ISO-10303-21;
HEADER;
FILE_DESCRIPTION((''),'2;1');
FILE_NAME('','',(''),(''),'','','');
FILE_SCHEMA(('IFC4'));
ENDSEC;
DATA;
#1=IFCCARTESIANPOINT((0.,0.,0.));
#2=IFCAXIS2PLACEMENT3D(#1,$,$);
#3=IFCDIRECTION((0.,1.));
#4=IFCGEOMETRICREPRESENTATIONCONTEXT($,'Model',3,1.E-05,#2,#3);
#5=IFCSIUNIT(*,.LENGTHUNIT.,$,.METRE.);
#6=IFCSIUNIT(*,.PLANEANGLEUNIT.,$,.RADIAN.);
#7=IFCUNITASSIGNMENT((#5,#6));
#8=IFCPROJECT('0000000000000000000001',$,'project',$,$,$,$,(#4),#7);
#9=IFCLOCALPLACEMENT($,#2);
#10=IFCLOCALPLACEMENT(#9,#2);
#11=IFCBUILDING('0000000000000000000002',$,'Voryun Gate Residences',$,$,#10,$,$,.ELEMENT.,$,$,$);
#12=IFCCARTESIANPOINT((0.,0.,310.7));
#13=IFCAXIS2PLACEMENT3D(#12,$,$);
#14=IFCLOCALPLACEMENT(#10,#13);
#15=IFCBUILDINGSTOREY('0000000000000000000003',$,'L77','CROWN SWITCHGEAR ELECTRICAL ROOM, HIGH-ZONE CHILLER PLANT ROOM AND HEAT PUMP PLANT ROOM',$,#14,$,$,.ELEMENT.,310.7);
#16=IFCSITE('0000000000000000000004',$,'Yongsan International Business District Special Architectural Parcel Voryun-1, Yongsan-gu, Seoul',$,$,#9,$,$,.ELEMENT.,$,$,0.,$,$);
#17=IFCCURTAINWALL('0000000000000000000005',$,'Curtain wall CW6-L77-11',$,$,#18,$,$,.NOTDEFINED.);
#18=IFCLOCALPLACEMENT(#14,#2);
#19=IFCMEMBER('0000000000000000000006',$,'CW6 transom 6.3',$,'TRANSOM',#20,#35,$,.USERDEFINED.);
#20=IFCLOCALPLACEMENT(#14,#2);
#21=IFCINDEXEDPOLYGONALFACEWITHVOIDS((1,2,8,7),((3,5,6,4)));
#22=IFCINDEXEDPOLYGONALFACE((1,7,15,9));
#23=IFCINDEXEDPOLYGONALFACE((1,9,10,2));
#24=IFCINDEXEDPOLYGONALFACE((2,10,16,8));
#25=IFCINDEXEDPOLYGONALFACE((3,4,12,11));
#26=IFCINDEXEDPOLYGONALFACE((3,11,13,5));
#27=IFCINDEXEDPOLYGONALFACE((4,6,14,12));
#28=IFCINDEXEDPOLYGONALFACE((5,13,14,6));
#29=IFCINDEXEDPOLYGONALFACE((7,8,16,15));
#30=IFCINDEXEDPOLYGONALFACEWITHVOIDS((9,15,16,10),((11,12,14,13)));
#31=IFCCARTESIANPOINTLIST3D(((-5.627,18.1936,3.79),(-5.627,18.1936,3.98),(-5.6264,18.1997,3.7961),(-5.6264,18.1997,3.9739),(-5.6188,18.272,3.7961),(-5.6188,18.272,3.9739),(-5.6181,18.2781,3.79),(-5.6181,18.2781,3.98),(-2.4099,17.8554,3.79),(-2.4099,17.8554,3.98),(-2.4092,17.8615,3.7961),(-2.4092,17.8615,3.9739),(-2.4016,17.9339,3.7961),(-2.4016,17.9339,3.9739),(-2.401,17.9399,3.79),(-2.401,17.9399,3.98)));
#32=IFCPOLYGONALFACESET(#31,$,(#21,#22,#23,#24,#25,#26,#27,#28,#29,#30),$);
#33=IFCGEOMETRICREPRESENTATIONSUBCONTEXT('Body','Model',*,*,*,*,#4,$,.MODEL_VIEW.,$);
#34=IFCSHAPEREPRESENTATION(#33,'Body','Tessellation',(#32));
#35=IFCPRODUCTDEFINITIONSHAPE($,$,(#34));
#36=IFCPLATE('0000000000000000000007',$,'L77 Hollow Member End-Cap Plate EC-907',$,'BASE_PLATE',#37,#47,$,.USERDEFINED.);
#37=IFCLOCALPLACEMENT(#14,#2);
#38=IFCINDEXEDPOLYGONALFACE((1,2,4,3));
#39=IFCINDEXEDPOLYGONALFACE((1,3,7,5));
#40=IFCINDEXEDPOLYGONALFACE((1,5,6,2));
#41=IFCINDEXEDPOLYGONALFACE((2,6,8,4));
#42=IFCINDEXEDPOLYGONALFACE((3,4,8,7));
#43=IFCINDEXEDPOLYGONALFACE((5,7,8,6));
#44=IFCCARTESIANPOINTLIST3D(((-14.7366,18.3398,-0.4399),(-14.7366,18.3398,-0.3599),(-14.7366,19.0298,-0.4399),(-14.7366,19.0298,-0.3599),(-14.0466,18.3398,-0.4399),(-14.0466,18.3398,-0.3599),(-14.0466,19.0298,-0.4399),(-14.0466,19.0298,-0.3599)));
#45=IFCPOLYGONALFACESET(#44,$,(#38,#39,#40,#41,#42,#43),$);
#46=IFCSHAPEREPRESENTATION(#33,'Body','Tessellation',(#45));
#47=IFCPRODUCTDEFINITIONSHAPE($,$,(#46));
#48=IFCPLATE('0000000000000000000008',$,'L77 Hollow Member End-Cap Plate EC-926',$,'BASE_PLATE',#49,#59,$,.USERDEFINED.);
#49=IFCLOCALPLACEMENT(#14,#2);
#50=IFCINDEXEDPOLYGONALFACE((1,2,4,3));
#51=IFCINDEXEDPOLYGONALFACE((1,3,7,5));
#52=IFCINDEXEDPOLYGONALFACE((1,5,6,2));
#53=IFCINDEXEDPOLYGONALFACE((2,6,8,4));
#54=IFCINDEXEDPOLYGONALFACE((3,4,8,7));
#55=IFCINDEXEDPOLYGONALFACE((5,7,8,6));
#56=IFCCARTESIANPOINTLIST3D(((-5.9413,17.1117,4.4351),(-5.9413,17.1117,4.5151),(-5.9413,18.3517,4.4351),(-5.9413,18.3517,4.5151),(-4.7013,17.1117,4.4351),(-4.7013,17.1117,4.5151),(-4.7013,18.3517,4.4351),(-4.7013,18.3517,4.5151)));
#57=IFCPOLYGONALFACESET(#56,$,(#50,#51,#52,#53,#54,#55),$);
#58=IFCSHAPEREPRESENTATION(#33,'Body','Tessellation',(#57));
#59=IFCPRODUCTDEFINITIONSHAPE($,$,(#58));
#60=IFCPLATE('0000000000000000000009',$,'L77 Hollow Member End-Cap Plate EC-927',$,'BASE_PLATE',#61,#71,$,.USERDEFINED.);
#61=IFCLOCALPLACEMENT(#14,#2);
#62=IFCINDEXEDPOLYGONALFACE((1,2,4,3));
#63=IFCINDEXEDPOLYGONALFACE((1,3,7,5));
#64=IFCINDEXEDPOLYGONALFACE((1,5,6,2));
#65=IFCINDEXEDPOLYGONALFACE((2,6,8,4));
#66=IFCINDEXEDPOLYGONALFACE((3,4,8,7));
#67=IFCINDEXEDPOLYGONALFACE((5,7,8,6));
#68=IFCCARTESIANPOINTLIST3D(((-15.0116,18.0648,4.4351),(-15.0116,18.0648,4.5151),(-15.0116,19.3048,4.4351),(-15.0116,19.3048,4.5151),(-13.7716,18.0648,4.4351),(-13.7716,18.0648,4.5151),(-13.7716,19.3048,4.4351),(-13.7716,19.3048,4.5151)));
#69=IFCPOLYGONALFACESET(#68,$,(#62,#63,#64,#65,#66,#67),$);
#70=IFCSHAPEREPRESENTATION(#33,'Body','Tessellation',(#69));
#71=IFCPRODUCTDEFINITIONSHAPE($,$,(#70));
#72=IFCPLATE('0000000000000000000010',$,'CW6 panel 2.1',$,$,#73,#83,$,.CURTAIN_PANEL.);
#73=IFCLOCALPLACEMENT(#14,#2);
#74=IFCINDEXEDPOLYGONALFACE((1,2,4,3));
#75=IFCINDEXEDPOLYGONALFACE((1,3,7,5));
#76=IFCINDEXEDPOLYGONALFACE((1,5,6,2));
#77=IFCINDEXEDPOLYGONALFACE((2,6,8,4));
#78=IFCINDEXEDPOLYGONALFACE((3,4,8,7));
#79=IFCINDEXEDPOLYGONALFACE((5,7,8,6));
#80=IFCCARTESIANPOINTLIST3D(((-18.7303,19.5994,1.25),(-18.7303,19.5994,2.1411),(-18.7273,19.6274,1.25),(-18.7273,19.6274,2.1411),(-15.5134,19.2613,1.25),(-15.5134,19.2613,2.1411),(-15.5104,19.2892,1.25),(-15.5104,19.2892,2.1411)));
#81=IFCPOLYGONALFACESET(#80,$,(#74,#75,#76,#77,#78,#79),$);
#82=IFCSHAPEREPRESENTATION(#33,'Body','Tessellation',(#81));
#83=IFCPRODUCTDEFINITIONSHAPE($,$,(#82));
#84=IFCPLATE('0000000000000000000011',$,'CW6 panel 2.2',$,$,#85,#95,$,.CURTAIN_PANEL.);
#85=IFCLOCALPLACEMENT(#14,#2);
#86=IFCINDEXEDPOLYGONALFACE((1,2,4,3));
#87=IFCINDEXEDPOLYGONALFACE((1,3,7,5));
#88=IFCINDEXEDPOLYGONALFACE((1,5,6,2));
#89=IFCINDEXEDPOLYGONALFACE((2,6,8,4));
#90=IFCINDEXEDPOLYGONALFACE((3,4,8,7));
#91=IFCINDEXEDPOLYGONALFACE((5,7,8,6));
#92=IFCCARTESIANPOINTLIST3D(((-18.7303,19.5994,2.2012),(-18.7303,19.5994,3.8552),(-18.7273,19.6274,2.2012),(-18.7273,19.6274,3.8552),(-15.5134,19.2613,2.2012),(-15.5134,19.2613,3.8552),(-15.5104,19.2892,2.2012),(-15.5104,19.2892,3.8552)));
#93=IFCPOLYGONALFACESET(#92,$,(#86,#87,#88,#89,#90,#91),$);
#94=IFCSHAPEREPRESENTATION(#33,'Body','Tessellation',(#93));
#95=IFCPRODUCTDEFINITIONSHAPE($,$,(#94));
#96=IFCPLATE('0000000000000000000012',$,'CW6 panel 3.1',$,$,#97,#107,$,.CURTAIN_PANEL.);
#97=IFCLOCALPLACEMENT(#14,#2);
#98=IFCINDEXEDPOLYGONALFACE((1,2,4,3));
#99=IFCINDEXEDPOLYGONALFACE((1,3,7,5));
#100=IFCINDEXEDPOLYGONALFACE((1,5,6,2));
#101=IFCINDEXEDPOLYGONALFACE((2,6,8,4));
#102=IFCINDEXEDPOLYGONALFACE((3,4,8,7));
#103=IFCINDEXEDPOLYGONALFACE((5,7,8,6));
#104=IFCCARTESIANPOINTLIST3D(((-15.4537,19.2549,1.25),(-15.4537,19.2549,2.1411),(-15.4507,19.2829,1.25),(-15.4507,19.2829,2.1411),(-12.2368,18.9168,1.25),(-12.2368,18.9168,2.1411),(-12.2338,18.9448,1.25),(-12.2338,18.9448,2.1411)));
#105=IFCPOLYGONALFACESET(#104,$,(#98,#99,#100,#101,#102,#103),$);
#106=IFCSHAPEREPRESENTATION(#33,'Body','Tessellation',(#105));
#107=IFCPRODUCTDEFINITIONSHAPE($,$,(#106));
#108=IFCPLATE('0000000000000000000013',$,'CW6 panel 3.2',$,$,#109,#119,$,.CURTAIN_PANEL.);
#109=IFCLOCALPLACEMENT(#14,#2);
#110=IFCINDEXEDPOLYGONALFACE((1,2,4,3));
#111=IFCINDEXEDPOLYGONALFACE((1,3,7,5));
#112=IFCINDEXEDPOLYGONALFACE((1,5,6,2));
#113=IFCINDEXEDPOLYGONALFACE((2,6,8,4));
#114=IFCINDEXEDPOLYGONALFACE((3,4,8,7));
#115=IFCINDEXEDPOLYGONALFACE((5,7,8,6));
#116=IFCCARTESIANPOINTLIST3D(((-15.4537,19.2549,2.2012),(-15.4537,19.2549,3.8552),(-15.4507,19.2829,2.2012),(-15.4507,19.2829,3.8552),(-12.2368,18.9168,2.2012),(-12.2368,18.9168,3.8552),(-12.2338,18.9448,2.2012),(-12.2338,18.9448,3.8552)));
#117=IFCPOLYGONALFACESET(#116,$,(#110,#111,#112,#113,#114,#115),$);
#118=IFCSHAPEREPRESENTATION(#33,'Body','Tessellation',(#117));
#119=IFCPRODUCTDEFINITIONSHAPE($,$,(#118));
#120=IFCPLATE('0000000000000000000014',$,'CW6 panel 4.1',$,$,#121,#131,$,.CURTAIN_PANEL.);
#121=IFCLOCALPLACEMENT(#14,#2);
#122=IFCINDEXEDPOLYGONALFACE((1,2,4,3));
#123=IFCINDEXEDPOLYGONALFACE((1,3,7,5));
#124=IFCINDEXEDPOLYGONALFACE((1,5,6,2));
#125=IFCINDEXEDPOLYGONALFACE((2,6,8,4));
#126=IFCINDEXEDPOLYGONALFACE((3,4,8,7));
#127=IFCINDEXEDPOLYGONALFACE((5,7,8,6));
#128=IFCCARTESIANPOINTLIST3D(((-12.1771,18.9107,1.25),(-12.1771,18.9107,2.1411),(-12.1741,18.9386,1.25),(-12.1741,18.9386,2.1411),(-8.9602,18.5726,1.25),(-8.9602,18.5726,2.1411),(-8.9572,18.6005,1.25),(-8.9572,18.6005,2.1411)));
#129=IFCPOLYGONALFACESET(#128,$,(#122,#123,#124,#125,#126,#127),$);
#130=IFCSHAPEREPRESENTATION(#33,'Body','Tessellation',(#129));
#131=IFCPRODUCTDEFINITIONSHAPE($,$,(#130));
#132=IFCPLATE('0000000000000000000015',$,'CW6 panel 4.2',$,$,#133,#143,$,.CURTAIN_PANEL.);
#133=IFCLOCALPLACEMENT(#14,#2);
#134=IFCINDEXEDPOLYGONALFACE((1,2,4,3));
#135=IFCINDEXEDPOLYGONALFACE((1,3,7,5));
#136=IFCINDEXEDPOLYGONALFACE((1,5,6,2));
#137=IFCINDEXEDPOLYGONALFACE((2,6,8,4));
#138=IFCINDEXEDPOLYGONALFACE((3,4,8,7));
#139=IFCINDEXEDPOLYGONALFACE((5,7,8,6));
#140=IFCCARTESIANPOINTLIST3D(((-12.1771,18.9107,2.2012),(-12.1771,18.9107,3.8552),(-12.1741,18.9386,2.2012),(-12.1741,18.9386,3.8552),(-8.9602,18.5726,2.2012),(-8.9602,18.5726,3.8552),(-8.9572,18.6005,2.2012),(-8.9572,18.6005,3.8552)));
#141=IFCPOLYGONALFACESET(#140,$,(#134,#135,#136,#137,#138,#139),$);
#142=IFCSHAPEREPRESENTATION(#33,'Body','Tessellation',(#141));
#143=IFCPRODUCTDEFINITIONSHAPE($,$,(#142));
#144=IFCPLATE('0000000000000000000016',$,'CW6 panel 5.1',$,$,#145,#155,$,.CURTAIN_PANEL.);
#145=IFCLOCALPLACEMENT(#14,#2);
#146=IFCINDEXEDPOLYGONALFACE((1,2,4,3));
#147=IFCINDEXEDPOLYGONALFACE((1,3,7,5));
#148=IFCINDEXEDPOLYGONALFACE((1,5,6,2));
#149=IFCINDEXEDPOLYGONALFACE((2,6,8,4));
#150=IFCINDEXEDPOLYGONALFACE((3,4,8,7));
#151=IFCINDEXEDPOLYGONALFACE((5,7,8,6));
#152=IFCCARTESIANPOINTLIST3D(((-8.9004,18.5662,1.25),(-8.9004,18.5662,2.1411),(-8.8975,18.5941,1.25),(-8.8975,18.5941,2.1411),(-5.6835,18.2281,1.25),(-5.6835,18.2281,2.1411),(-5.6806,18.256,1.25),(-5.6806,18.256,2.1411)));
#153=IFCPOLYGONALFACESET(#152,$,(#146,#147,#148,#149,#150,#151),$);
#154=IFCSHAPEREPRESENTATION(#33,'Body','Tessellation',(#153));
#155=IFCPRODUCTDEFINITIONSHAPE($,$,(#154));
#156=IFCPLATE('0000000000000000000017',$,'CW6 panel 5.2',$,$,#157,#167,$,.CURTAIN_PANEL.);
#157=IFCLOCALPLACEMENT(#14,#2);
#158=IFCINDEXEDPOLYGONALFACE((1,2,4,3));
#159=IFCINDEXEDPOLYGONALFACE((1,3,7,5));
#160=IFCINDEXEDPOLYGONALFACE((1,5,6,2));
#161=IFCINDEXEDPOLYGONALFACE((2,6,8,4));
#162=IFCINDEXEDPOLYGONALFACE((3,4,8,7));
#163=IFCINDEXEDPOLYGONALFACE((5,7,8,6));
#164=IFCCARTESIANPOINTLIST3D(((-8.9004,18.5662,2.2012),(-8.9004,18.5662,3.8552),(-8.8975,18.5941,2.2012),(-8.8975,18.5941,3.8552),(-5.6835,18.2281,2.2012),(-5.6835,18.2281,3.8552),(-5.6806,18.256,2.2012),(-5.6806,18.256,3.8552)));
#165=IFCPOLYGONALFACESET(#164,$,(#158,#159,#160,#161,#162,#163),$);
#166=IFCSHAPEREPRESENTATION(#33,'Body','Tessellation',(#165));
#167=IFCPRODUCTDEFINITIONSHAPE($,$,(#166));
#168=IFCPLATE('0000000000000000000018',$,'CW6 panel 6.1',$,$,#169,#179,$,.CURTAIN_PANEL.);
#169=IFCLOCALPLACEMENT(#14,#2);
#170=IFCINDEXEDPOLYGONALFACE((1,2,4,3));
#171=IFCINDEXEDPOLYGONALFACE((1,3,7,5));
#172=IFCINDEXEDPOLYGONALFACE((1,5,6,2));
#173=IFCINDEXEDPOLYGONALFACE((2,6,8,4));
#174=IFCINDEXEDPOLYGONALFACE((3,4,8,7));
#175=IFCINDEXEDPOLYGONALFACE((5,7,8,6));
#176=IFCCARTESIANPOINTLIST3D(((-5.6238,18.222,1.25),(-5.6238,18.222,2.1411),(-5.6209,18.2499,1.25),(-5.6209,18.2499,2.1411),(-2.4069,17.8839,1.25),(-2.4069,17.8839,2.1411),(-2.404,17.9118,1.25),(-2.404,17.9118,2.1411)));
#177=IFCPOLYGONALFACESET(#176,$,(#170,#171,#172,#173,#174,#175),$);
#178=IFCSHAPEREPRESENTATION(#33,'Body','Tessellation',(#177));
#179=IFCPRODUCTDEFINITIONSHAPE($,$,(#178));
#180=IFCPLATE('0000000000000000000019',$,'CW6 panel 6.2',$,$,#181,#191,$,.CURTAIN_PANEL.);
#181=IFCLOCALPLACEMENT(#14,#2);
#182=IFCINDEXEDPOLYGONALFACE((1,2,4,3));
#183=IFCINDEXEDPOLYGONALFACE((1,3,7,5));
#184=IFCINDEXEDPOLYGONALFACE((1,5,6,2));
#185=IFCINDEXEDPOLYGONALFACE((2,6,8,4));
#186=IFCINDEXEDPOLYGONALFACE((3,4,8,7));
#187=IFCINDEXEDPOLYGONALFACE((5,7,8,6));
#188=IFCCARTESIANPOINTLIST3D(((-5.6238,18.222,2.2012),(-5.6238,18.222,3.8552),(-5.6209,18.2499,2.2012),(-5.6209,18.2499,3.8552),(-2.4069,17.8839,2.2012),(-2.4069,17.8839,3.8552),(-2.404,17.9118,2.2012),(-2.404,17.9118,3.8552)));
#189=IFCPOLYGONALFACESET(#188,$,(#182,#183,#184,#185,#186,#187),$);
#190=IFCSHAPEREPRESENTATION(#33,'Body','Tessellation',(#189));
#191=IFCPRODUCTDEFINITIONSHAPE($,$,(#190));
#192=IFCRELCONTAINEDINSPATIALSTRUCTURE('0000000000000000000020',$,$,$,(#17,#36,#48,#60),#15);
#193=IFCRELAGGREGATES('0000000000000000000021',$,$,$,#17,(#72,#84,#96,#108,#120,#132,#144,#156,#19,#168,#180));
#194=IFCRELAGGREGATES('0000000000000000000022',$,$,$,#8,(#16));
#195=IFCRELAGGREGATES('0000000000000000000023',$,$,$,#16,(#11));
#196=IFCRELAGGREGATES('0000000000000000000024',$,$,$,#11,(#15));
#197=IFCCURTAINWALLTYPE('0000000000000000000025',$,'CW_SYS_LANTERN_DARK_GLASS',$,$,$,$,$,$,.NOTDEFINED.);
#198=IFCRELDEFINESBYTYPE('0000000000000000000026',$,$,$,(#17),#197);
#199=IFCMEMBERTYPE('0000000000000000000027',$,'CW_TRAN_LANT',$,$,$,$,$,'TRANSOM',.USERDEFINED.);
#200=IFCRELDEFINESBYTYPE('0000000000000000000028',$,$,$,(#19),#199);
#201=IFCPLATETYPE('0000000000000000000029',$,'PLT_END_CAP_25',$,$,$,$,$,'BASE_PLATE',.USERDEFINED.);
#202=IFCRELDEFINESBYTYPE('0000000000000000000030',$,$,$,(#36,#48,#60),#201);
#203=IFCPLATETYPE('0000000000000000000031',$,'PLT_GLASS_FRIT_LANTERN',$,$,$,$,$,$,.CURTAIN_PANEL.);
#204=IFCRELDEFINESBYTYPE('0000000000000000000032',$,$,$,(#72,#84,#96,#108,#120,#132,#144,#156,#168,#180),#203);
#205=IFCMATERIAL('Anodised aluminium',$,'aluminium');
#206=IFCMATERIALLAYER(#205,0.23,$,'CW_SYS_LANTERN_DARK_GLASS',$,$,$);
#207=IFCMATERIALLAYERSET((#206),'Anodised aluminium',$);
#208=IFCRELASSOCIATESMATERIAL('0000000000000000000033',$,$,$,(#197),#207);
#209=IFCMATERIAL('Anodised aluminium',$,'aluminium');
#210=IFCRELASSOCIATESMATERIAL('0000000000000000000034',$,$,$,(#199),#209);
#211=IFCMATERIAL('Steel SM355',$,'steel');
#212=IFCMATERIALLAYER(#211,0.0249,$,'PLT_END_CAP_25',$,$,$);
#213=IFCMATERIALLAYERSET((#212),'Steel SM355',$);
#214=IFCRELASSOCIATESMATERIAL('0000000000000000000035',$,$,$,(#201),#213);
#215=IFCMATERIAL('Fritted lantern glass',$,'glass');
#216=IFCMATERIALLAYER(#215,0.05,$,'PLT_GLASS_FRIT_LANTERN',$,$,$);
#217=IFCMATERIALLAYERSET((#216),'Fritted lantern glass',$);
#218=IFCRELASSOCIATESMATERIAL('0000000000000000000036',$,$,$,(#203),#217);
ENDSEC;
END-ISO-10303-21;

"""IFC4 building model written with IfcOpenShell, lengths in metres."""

from ifc_helpers import new_model, si_unit, direction, frame, origin, origin_2d, place, context, subcontext, project, spatial, rectangle, hollow_rectangle, extrude, material, layer, layer_set, material_profile, profile_set, type_object, element, aggregate, save


model = new_model("IFC4")

# Units and contexts
model_context = context("Model", 3, precision=1e-05, world=origin(), true_north=direction((0.0, 1.0)))
body_context = subcontext(model_context, "Body", "Model", "MODEL_VIEW")
ifc_project = project(units=[si_unit("LENGTHUNIT", "METRE"), si_unit("PLANEANGLEUNIT", "RADIAN")], contexts=[model_context])

# Site, building, storey
site_placement = place(None, origin())
site = spatial("IfcSite", under=ifc_project, at=site_placement, Name="Yongsan International Business District Special Architectural Parcel Voryun-1, Yongsan-gu, Seoul", CompositionType="ELEMENT", RefElevation=0.0)
building_placement = place(site_placement, origin())
building = spatial("IfcBuilding", under=site, at=building_placement, Name="Voryun Gate Residences", CompositionType="ELEMENT")
storey_placement = place(building_placement, frame((0.0, 0.0, 310.7)))
storey = spatial("IfcBuildingStorey", under=building, at=storey_placement, Name="L77", Description="CROWN SWITCHGEAR ELECTRICAL ROOM, HIGH-ZONE CHILLER PLANT ROOM AND HEAT PUMP PLANT ROOM", CompositionType="ELEMENT", Elevation=310.7)

# Curtain wall, member
ifc_material_1 = material(Name="Anodised aluminium", Category="aluminium")
ifc_layer_1 = layer(ifc_material_1, 0.23, Name="CW_SYS_LANTERN_DARK_GLASS")
ifc_layer_set_1 = layer_set([ifc_layer_1], Name="Anodised aluminium")
curtain_wall_type = type_object("IfcCurtainWallType", Name="CW_SYS_LANTERN_DARK_GLASS", PredefinedType="NOTDEFINED", material=ifc_layer_set_1)
curtain_wall_placement = place(storey_placement, origin())
curtain_wall = element("IfcCurtainWall", 1, at=curtain_wall_placement, inside=storey, type_object=curtain_wall_type, Name="Curtain wall CW6-L77-11", PredefinedType="NOTDEFINED")
ifc_material_2 = material(Name="Anodised aluminium", Category="aluminium")
ifc_material_profile_1 = material_profile(ifc_material_2, hollow_rectangle(XDim=0.085, YDim=0.1899, WallThickness=0.0061, at=origin_2d()), Name="ALU-TRAN-190x85x6")
ifc_profile_set_1 = profile_set([ifc_material_profile_1], Name="Anodised aluminium")
member_type_1 = type_object("IfcMemberType", Name="CW_TRAN_LANT", ElementType="TRANSOM", PredefinedType="USERDEFINED", material=ifc_profile_set_1)
member_1_placement = place(storey_placement, frame((-5.6226, 18.2358, 3.885), z_axis=(0.994522, -0.104532, 0.0), x_axis=(0.104532, 0.994522, 0.0)))
member_1 = element("IfcMember", 2, at=member_1_placement, type_object=member_type_1, Name="CW6 transom 6.3", ObjectType="TRANSOM", PredefinedType="USERDEFINED", context=body_context, shape_type="SweptSolid", body=[
    extrude(hollow_rectangle(XDim=0.085, YDim=0.1899, WallThickness=0.0061, at=origin_2d()), origin(), (0.0, 0.0, 1.0), 3.2349),
])

# Plates
ifc_material_3 = material(Name="Steel SM355", Category="steel")
ifc_layer_2 = layer(ifc_material_3, 0.0249, Name="PLT_END_CAP_25")
ifc_layer_set_2 = layer_set([ifc_layer_2], Name="Steel SM355")
plate_type_1 = type_object("IfcPlateType", Name="PLT_END_CAP_25", ElementType="BASE_PLATE", PredefinedType="USERDEFINED", material=ifc_layer_set_2)
plate_1_placement = place(storey_placement, frame((-14.3916, 18.6848, -0.4399), z_axis=(0.0, 0.0, 1.0), x_axis=(1.0, 0.0, 0.0)))
element("IfcPlate", 3, at=plate_1_placement, inside=storey, type_object=plate_type_1, Name="L77 Hollow Member End-Cap Plate EC-907", ObjectType="BASE_PLATE", PredefinedType="USERDEFINED", context=body_context, shape_type="SweptSolid", body=[
    extrude(rectangle(XDim=0.6899, YDim=0.6899, at=origin_2d()), origin(), (0.0, 0.0, 1.0), 0.0801),
])
for number, where, z_axis, x_axis, name in (
    (4, (-5.3213, 17.7317, 4.4351), (0.0, 0.0, 1.0), (1.0, 0.0, 0.0), "L77 Hollow Member End-Cap Plate EC-926"),
    (5, (-14.3916, 18.6848, 4.4351), (0.0, 0.0, 1.0), (1.0, 0.0, 0.0), "L77 Hollow Member End-Cap Plate EC-927"),
):
    element("IfcPlate", number, at=place(storey_placement, frame(where, z_axis=z_axis, x_axis=x_axis)), inside=storey, type_object=plate_type_1, Name=name, ObjectType="BASE_PLATE", PredefinedType="USERDEFINED", context=body_context, shape_type="SweptSolid", body=[
        extrude(rectangle(XDim=1.24, YDim=1.24, at=origin_2d()), origin(), (0.0, 0.0, 1.0), 0.0801),
    ])

# Plates
ifc_material_4 = material(Name="Fritted lantern glass", Category="glass")
ifc_layer_3 = layer(ifc_material_4, 0.05, Name="PLT_GLASS_FRIT_LANTERN")
ifc_layer_set_3 = layer_set([ifc_layer_3], Name="Fritted lantern glass")
plate_type_2 = type_object("IfcPlateType", Name="PLT_GLASS_FRIT_LANTERN", PredefinedType="CURTAIN_PANEL", material=ifc_layer_set_3)
plate_2_placement = place(storey_placement, frame((-17.1204, 19.4443, 1.25), z_axis=(0.0, 0.0, 1.0), x_axis=(0.994522, -0.104528, 0.0)))
plate_2 = element("IfcPlate", 6, at=plate_2_placement, type_object=plate_type_2, Name="CW6 panel 2.1", PredefinedType="CURTAIN_PANEL", context=body_context, shape_type="SweptSolid", body=[
    extrude(rectangle(XDim=3.2346, YDim=0.0281, at=origin_2d()), origin(), (0.0, 0.0, 1.0), 0.8911),
])
plate_3_placement = place(storey_placement, frame((-17.1204, 19.4443, 2.2012), z_axis=(0.0, 0.0, 1.0), x_axis=(0.994522, -0.104528, 0.0)))
plate_3 = element("IfcPlate", 7, at=plate_3_placement, type_object=plate_type_2, Name="CW6 panel 2.2", PredefinedType="CURTAIN_PANEL", context=body_context, shape_type="SweptSolid", body=[
    extrude(rectangle(XDim=3.2346, YDim=0.0281, at=origin_2d()), origin(), (0.0, 0.0, 1.0), 1.6541),
])
plate_4_placement = place(storey_placement, frame((-13.8438, 19.0999, 1.25), z_axis=(0.0, 0.0, 1.0), x_axis=(0.994522, -0.104528, 0.0)))
plate_4 = element("IfcPlate", 8, at=plate_4_placement, type_object=plate_type_2, Name="CW6 panel 3.1", PredefinedType="CURTAIN_PANEL", context=body_context, shape_type="SweptSolid", body=[
    extrude(rectangle(XDim=3.2346, YDim=0.0281, at=origin_2d()), origin(), (0.0, 0.0, 1.0), 0.8911),
])
plate_5_placement = place(storey_placement, frame((-13.8438, 19.0999, 2.2012), z_axis=(0.0, 0.0, 1.0), x_axis=(0.994522, -0.104528, 0.0)))
plate_5 = element("IfcPlate", 9, at=plate_5_placement, type_object=plate_type_2, Name="CW6 panel 3.2", PredefinedType="CURTAIN_PANEL", context=body_context, shape_type="SweptSolid", body=[
    extrude(rectangle(XDim=3.2346, YDim=0.0281, at=origin_2d()), origin(), (0.0, 0.0, 1.0), 1.6541),
])
plate_6_placement = place(storey_placement, frame((-10.5671, 18.7556, 1.25), z_axis=(0.0, 0.0, 1.0), x_axis=(0.994522, -0.104528, 0.0)))
plate_6 = element("IfcPlate", 10, at=plate_6_placement, type_object=plate_type_2, Name="CW6 panel 4.1", PredefinedType="CURTAIN_PANEL", context=body_context, shape_type="SweptSolid", body=[
    extrude(rectangle(XDim=3.2346, YDim=0.0281, at=origin_2d()), origin(), (0.0, 0.0, 1.0), 0.8911),
])
plate_7_placement = place(storey_placement, frame((-10.5671, 18.7556, 2.2012), z_axis=(0.0, 0.0, 1.0), x_axis=(0.994522, -0.104528, 0.0)))
plate_7 = element("IfcPlate", 11, at=plate_7_placement, type_object=plate_type_2, Name="CW6 panel 4.2", PredefinedType="CURTAIN_PANEL", context=body_context, shape_type="SweptSolid", body=[
    extrude(rectangle(XDim=3.2346, YDim=0.0281, at=origin_2d()), origin(), (0.0, 0.0, 1.0), 1.6541),
])
plate_8_placement = place(storey_placement, frame((-7.2905, 18.4111, 1.25), z_axis=(0.0, 0.0, 1.0), x_axis=(0.994522, -0.104528, 0.0)))
plate_8 = element("IfcPlate", 12, at=plate_8_placement, type_object=plate_type_2, Name="CW6 panel 5.1", PredefinedType="CURTAIN_PANEL", context=body_context, shape_type="SweptSolid", body=[
    extrude(rectangle(XDim=3.2346, YDim=0.0281, at=origin_2d()), origin(), (0.0, 0.0, 1.0), 0.8911),
])
plate_9_placement = place(storey_placement, frame((-7.2905, 18.4111, 2.2012), z_axis=(0.0, 0.0, 1.0), x_axis=(0.994522, -0.104528, 0.0)))
plate_9 = element("IfcPlate", 13, at=plate_9_placement, type_object=plate_type_2, Name="CW6 panel 5.2", PredefinedType="CURTAIN_PANEL", context=body_context, shape_type="SweptSolid", body=[
    extrude(rectangle(XDim=3.2346, YDim=0.0281, at=origin_2d()), origin(), (0.0, 0.0, 1.0), 1.6541),
])
plate_10_placement = place(storey_placement, frame((-4.0139, 18.0669, 1.25), z_axis=(0.0, 0.0, 1.0), x_axis=(0.994522, -0.104528, 0.0)))
plate_10 = element("IfcPlate", 14, at=plate_10_placement, type_object=plate_type_2, Name="CW6 panel 6.1", PredefinedType="CURTAIN_PANEL", context=body_context, shape_type="SweptSolid", body=[
    extrude(rectangle(XDim=3.2346, YDim=0.0281, at=origin_2d()), origin(), (0.0, 0.0, 1.0), 0.8911),
])
plate_11_placement = place(storey_placement, frame((-4.0139, 18.0669, 2.2012), z_axis=(0.0, 0.0, 1.0), x_axis=(0.994522, -0.104528, 0.0)))
plate_11 = element("IfcPlate", 15, at=plate_11_placement, type_object=plate_type_2, Name="CW6 panel 6.2", PredefinedType="CURTAIN_PANEL", context=body_context, shape_type="SweptSolid", body=[
    extrude(rectangle(XDim=3.2346, YDim=0.0281, at=origin_2d()), origin(), (0.0, 0.0, 1.0), 1.6541),
])
aggregate(curtain_wall, [plate_2, plate_3, plate_4, plate_5, plate_6, plate_7, plate_8, plate_9, member_1, plate_10, plate_11])

save(model, "model.ifc")
